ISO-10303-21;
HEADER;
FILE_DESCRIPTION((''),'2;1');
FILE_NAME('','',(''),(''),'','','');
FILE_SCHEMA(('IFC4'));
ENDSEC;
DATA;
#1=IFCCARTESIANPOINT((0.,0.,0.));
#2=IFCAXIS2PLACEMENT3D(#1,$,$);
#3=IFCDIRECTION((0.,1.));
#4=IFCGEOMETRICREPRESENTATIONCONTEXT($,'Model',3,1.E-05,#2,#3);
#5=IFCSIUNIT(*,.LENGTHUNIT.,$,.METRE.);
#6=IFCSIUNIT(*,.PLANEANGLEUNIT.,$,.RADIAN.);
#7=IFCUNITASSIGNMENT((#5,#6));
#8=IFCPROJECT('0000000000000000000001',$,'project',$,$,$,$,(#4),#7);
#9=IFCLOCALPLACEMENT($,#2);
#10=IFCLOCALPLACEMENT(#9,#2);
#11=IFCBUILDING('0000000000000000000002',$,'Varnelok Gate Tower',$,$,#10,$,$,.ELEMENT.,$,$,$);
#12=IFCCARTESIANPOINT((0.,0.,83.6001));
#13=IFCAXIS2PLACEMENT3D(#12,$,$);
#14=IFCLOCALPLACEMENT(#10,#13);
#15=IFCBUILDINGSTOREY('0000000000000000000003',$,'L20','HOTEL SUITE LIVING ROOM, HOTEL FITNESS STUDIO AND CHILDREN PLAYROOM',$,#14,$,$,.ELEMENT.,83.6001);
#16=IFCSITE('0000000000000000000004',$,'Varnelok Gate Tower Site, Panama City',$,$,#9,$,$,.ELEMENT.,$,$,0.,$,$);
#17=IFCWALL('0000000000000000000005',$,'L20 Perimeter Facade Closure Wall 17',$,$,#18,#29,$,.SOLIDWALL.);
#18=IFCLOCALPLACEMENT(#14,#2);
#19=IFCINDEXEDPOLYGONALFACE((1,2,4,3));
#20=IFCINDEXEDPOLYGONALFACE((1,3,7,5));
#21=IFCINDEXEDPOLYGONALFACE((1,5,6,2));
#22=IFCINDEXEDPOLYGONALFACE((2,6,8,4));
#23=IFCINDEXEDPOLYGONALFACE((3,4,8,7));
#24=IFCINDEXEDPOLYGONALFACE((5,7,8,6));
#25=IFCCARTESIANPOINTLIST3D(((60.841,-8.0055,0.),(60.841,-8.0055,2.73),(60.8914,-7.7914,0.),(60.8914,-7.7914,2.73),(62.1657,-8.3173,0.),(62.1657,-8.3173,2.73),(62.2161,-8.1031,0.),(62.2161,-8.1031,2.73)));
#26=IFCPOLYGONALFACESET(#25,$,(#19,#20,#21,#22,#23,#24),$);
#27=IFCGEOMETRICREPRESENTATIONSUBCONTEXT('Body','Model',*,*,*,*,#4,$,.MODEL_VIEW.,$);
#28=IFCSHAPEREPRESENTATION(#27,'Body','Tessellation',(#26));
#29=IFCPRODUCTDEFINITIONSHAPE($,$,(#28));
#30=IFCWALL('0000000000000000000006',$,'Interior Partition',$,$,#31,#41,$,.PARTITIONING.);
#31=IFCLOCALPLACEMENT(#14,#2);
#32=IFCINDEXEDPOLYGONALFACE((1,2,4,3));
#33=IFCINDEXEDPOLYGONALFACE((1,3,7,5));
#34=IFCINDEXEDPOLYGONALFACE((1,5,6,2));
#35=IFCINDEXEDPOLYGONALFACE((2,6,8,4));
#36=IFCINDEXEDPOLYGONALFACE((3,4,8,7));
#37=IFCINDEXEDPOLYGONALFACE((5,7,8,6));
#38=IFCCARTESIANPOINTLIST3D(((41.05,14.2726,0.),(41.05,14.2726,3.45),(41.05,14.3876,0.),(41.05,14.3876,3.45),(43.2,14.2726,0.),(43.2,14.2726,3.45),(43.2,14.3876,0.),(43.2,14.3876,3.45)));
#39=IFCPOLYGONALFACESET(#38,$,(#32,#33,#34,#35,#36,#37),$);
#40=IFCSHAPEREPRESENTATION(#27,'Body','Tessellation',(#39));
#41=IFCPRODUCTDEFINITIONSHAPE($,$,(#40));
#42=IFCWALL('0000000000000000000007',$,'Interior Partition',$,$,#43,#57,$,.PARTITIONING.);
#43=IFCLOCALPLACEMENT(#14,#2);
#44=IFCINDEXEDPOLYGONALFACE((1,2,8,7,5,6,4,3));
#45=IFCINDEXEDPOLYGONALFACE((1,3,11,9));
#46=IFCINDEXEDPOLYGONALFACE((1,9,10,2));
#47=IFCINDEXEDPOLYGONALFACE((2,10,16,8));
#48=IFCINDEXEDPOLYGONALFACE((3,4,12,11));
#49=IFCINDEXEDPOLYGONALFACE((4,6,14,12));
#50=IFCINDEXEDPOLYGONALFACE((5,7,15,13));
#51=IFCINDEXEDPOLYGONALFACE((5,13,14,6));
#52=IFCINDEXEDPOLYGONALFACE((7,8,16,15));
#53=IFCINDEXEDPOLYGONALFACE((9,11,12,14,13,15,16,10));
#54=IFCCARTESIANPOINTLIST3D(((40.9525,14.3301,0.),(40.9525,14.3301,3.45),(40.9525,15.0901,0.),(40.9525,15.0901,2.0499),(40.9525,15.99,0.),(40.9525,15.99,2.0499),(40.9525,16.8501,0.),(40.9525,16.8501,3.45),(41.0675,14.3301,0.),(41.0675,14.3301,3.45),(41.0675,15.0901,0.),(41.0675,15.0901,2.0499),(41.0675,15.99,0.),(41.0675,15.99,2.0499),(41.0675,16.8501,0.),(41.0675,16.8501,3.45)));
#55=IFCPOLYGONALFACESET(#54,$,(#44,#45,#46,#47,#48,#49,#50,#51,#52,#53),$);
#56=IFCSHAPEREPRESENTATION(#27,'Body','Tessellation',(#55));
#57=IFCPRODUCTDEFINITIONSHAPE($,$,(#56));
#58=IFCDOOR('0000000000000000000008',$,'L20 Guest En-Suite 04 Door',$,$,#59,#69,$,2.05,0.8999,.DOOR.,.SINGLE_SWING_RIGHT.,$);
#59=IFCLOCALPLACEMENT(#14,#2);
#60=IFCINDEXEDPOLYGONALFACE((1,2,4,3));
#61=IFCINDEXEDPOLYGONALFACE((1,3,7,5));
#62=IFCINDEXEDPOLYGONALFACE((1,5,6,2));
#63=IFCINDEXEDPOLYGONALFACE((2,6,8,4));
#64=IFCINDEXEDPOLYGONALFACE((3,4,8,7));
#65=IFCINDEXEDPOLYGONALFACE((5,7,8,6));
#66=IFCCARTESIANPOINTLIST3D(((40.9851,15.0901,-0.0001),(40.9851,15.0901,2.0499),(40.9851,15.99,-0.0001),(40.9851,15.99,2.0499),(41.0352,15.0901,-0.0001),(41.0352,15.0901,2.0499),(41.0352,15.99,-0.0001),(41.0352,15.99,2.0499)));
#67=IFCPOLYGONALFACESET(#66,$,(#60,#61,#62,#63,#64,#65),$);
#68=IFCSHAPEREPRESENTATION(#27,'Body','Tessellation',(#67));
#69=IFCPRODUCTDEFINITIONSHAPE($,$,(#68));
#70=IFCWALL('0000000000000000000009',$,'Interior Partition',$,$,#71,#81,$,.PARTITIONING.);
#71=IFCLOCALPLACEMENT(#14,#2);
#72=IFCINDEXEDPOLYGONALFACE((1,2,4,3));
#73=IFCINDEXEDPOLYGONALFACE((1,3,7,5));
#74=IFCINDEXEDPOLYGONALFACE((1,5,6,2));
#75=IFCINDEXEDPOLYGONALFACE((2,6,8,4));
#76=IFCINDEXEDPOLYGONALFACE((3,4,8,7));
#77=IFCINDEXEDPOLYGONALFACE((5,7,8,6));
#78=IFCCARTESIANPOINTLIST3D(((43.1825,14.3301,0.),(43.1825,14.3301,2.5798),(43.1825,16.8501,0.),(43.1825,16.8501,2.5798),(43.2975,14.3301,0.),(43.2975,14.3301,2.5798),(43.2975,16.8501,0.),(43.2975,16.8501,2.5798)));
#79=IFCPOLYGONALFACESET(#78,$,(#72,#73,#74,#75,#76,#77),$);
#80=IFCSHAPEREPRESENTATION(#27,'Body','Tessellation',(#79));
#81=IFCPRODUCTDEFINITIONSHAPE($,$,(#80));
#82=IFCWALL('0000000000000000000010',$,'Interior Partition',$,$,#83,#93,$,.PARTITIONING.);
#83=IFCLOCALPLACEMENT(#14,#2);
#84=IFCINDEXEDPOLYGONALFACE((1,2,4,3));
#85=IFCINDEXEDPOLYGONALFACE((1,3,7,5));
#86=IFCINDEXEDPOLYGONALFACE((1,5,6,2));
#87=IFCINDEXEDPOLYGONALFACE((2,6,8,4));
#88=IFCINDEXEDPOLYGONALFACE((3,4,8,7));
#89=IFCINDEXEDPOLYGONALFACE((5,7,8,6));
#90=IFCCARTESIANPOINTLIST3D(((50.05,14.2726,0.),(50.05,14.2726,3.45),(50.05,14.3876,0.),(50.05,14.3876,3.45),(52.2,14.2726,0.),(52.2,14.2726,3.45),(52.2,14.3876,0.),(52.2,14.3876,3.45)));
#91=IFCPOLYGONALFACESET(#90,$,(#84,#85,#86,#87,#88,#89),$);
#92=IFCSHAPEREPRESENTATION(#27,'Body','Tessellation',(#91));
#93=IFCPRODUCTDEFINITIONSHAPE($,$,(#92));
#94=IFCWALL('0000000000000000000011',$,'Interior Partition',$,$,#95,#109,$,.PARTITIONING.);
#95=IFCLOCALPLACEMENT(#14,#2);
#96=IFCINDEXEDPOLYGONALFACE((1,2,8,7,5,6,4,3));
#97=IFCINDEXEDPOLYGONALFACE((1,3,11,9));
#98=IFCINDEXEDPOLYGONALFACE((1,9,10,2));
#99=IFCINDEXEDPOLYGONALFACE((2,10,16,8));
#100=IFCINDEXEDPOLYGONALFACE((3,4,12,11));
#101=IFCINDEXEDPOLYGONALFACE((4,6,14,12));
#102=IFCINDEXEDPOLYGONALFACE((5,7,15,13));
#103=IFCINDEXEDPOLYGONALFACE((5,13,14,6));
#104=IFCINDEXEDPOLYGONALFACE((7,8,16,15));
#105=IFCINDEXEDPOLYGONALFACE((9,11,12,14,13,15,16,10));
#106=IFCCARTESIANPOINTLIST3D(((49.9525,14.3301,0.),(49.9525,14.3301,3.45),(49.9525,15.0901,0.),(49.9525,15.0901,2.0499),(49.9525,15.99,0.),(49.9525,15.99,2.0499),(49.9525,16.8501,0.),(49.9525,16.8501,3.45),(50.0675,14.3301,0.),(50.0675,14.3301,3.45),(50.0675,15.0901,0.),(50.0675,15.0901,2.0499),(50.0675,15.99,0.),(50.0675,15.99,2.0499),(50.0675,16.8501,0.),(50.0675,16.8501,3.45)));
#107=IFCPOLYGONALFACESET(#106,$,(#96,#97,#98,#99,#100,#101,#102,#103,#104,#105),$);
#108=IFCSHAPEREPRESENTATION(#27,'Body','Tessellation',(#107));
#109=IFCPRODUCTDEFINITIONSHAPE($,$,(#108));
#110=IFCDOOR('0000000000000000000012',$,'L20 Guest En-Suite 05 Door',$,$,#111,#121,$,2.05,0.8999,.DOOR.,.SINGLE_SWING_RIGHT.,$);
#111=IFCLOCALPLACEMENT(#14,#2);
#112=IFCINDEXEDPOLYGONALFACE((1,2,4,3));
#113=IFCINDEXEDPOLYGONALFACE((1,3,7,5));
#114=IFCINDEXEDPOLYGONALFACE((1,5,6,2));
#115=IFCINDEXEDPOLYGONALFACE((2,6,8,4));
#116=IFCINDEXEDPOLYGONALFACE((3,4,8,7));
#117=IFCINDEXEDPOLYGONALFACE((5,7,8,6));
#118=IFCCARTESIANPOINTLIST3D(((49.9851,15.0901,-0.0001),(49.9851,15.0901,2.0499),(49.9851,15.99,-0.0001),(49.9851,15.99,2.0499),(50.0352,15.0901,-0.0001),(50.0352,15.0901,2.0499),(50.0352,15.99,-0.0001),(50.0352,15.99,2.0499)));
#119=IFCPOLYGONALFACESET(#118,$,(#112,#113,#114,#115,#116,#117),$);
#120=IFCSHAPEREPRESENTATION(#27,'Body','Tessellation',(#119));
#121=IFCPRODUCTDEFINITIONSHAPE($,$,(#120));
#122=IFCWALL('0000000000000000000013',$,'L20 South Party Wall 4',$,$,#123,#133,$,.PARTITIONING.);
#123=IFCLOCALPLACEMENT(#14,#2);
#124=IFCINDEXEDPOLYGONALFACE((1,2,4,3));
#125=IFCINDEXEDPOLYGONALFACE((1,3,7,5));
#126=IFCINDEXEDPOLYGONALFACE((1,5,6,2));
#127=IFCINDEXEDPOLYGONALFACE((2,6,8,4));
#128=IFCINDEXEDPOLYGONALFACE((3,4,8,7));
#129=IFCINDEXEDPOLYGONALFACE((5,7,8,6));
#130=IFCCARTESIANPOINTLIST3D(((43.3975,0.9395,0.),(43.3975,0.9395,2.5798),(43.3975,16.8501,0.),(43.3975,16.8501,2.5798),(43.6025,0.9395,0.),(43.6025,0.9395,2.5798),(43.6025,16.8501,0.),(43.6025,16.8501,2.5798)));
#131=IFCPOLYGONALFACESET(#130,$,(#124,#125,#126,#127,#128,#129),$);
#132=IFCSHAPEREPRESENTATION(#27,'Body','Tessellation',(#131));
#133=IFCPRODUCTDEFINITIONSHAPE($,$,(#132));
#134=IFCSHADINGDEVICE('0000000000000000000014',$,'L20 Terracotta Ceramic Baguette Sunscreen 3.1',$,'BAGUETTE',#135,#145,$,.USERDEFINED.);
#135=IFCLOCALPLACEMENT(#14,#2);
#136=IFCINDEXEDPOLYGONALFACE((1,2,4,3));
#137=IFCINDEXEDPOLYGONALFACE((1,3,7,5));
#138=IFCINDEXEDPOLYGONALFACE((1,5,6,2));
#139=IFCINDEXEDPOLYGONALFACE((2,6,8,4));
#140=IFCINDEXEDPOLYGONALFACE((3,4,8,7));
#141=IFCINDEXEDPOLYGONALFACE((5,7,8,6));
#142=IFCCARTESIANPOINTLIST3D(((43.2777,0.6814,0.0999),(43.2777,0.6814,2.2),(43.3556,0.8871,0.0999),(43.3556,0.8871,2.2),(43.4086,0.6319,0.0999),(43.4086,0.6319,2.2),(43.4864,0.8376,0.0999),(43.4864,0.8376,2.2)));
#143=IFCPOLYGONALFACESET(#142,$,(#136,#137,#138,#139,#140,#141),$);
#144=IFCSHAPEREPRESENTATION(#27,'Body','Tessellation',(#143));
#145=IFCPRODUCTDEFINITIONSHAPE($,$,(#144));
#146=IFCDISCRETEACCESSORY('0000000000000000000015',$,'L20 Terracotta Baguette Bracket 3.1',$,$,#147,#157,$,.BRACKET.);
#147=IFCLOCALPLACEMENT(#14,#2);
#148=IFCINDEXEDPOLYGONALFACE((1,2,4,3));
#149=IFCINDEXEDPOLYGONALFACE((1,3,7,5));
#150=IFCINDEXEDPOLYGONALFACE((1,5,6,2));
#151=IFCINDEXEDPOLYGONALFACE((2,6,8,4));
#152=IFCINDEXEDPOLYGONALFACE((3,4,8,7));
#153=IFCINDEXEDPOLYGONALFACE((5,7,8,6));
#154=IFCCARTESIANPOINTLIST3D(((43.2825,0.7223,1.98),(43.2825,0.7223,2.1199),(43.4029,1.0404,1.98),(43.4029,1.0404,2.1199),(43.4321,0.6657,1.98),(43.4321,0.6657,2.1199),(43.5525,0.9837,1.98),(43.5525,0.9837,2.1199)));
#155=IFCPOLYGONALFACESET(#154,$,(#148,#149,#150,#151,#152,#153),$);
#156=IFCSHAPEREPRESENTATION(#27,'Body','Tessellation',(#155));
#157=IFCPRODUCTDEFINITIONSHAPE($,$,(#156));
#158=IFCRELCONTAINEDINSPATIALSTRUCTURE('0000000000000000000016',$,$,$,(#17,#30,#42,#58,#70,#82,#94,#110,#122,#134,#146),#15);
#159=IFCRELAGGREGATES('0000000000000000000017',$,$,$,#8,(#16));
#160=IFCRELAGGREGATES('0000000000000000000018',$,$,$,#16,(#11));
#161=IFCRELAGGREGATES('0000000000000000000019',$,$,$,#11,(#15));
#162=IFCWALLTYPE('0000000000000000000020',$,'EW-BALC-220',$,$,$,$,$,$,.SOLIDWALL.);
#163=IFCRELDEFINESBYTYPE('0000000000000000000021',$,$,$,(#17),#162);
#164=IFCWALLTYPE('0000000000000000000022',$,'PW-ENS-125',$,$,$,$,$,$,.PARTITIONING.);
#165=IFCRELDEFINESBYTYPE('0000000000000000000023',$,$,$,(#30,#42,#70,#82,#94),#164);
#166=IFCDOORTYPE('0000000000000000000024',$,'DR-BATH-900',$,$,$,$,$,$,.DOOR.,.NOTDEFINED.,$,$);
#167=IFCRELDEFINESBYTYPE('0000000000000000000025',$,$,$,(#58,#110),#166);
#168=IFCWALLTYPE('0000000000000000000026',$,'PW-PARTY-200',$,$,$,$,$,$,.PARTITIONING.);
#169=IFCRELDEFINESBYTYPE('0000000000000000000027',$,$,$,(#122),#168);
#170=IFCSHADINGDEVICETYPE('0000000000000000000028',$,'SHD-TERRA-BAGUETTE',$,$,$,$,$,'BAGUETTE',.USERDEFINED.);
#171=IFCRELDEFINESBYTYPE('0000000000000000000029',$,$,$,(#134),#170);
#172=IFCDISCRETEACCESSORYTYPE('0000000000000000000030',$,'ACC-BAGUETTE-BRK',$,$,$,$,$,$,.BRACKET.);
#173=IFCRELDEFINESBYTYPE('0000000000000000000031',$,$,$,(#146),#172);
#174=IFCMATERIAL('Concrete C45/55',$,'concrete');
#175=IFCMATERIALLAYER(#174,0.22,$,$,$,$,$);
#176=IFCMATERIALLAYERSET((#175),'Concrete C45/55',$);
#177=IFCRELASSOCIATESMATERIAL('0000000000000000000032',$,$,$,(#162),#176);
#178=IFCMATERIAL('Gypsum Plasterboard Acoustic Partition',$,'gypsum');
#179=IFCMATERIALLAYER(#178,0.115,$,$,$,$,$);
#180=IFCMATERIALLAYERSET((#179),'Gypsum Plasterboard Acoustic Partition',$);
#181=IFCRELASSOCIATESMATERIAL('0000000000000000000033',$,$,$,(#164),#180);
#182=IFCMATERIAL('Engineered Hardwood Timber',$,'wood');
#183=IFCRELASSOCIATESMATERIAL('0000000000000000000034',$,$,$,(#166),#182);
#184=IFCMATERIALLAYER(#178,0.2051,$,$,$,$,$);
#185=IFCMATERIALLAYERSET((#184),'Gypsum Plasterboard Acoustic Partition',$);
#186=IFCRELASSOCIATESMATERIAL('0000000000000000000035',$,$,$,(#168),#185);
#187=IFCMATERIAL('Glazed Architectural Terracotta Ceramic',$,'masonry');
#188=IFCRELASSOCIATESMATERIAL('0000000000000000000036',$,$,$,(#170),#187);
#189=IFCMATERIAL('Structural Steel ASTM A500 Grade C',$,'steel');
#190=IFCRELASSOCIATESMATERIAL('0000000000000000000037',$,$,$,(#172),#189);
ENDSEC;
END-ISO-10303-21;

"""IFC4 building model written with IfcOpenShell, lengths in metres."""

from ifc_helpers import new_model, si_unit, direction, frame, frame_2d, origin, origin_2d, place, context, subcontext, project, spatial, rectangle, extrude, source, transform, mapped, material, layer, layer_set, type_object, element, fill, save


model = new_model("IFC4")

# Units and contexts
model_context = context("Model", 3, precision=1e-05, world=origin(), true_north=direction((0.0, 1.0)))
body_context = subcontext(model_context, "Body", "Model", "MODEL_VIEW")
ifc_project = project(units=[si_unit("LENGTHUNIT", "METRE"), si_unit("PLANEANGLEUNIT", "RADIAN")], contexts=[model_context])

# Site, building, storey
site_placement = place(None, origin())
site = spatial("IfcSite", under=ifc_project, at=site_placement, Name="Varnelok Gate Tower Site, Panama City", CompositionType="ELEMENT", RefElevation=0.0)
building_placement = place(site_placement, origin())
building = spatial("IfcBuilding", under=site, at=building_placement, Name="Varnelok Gate Tower", CompositionType="ELEMENT")
storey_placement = place(building_placement, frame((0.0, 0.0, 83.6001)))
storey = spatial("IfcBuildingStorey", under=building, at=storey_placement, Name="L20", Description="HOTEL SUITE LIVING ROOM, HOTEL FITNESS STUDIO AND CHILDREN PLAYROOM", CompositionType="ELEMENT", Elevation=83.6001)

# Shared definitions
ifc_material_1 = material(Name="Concrete C45/55", Category="concrete")
ifc_layer_1 = layer(ifc_material_1, 0.22)
ifc_layer_set_1 = layer_set([ifc_layer_1], Name="Concrete C45/55")
wall_type_1 = type_object("IfcWallType", Name="EW-BALC-220", PredefinedType="SOLIDWALL", material=ifc_layer_set_1)

# Walls
wall_1_placement = place(storey_placement, frame((60.8662, -7.8984, 0.0), z_axis=(0.0, 0.0, 1.0), x_axis=(0.973405, -0.229089, 0.0)))
element("IfcWall", 1, at=wall_1_placement, inside=storey, type_object=wall_type_1, Name="L20 Perimeter Facade Closure Wall 17", PredefinedType="SOLIDWALL", context=body_context, shape_type="SweptSolid", body=[
    extrude(rectangle(XDim=1.3608, YDim=0.22, at=frame_2d((0.6804, 0.0))), origin(), (0.0, 0.0, 1.0), 2.73),
])
ifc_material_2 = material(Name="Gypsum Plasterboard Acoustic Partition", Category="gypsum")
ifc_layer_2 = layer(ifc_material_2, 0.115)
ifc_layer_set_2 = layer_set([ifc_layer_2], Name="Gypsum Plasterboard Acoustic Partition")
wall_type_2 = type_object("IfcWallType", Name="PW-ENS-125", PredefinedType="PARTITIONING", material=ifc_layer_set_2)
wall_2_placement = place(storey_placement, frame((41.05, 14.3301, 0.0), z_axis=(0.0, 0.0, 1.0), x_axis=(1.0, 0.0, 0.0)))
element("IfcWall", 2, at=wall_2_placement, inside=storey, type_object=wall_type_2, Name="Interior Partition", PredefinedType="PARTITIONING", context=body_context, shape_type="SweptSolid", body=[
    extrude(rectangle(XDim=2.1499, YDim=0.115, at=frame_2d((1.075, 0.0))), origin(), (0.0, 0.0, 1.0), 3.45),
])

# Wall, opening, door
wall_3_placement = place(storey_placement, frame((41.01, 14.3301, 0.0), z_axis=(0.0, 0.0, 1.0), x_axis=(0.0, 1.0, 0.0)))
wall_3 = element("IfcWall", 3, at=wall_3_placement, inside=storey, type_object=wall_type_2, Name="Interior Partition", PredefinedType="PARTITIONING", context=body_context, shape_type="SweptSolid", body=[
    extrude(rectangle(XDim=2.52, YDim=0.115, at=frame_2d((1.26, 0.0))), origin(), (0.0, 0.0, 1.0), 3.45),
])
opening_1_placement = place(wall_3_placement, frame((0.76, 0.0, 0.0)))
opening_1 = element("IfcOpeningElement", 4, at=opening_1_placement, cuts=wall_3, PredefinedType="OPENING", context=body_context, shape_type="SweptSolid", body=[
    extrude(rectangle(XDim=0.8999, YDim=2.05, at=frame_2d((0.45, 1.0249))), frame((0.0, 0.0674, 0.0), z_axis=(0.0, -1.0, 0.0), x_axis=(1.0, 0.0, 0.0)), (0.0, 0.0, 1.0), 0.135),
])
ifc_material_3 = material(Name="Engineered Hardwood Timber", Category="wood")
door_type_1 = type_object("IfcDoorType", Name="DR-BATH-900", OperationType="NOTDEFINED", PredefinedType="DOOR", material=ifc_material_3)
door_1_placement = place(opening_1_placement, origin())
door_1 = element("IfcDoor", 5, at=door_1_placement, inside=storey, type_object=door_type_1, Name="L20 Guest En-Suite 04 Door", OperationType="SINGLE_SWING_RIGHT", OverallHeight=2.05, OverallWidth=0.8999, PredefinedType="DOOR", context=body_context, shape_type="SweptSolid", body=[
    extrude(rectangle(XDim=0.8999, YDim=2.05, at=frame_2d((0.45, 1.0249))), frame((0.0, 0.0249, 0.0), z_axis=(0.0, -1.0, 0.0), x_axis=(1.0, 0.0, 0.0)), (0.0, 0.0, 1.0), 0.05),
])
fill(opening_1, door_1)

# Walls
wall_4_placement = place(storey_placement, frame((43.24, 14.3301, 0.0), z_axis=(0.0, 0.0, 1.0), x_axis=(0.0, 1.0, 0.0)))
element("IfcWall", 6, at=wall_4_placement, inside=storey, type_object=wall_type_2, Name="Interior Partition", PredefinedType="PARTITIONING", context=body_context, shape_type="SweptSolid", body=[
    extrude(rectangle(XDim=2.52, YDim=0.115, at=frame_2d((1.26, 0.0))), origin(), (0.0, 0.0, 1.0), 2.5798),
])
wall_5_placement = place(storey_placement, frame((50.05, 14.3301, 0.0), z_axis=(0.0, 0.0, 1.0), x_axis=(1.0, 0.0, 0.0)))
element("IfcWall", 7, at=wall_5_placement, inside=storey, type_object=wall_type_2, Name="Interior Partition", PredefinedType="PARTITIONING", context=body_context, shape_type="SweptSolid", body=[
    extrude(rectangle(XDim=2.1499, YDim=0.115, at=frame_2d((1.075, 0.0))), origin(), (0.0, 0.0, 1.0), 3.45),
])

# Wall, opening, door
wall_6_placement = place(storey_placement, frame((50.01, 14.3301, 0.0), z_axis=(0.0, 0.0, 1.0), x_axis=(0.0, 1.0, 0.0)))
wall_6 = element("IfcWall", 8, at=wall_6_placement, inside=storey, type_object=wall_type_2, Name="Interior Partition", PredefinedType="PARTITIONING", context=body_context, shape_type="SweptSolid", body=[
    extrude(rectangle(XDim=2.52, YDim=0.115, at=frame_2d((1.26, 0.0))), origin(), (0.0, 0.0, 1.0), 3.45),
])
opening_2_placement = place(wall_6_placement, frame((0.76, 0.0, 0.0)))
opening_2 = element("IfcOpeningElement", 9, at=opening_2_placement, cuts=wall_6, PredefinedType="OPENING", context=body_context, shape_type="SweptSolid", body=[
    extrude(rectangle(XDim=0.8999, YDim=2.05, at=frame_2d((0.45, 1.0249))), frame((0.0, 0.0674, 0.0), z_axis=(0.0, -1.0, 0.0), x_axis=(1.0, 0.0, 0.0)), (0.0, 0.0, 1.0), 0.135),
])
door_2_placement = place(opening_2_placement, origin())
door_2 = element("IfcDoor", 10, at=door_2_placement, inside=storey, type_object=door_type_1, Name="L20 Guest En-Suite 05 Door", OperationType="SINGLE_SWING_RIGHT", OverallHeight=2.05, OverallWidth=0.8999, PredefinedType="DOOR", context=body_context, shape_type="SweptSolid", body=[
    extrude(rectangle(XDim=0.8999, YDim=2.05, at=frame_2d((0.45, 1.0249))), frame((0.0, 0.0249, 0.0), z_axis=(0.0, -1.0, 0.0), x_axis=(1.0, 0.0, 0.0)), (0.0, 0.0, 1.0), 0.05),
])
fill(opening_2, door_2)

# Wall
ifc_layer_3 = layer(ifc_material_2, 0.2051)
ifc_layer_set_3 = layer_set([ifc_layer_3], Name="Gypsum Plasterboard Acoustic Partition")
wall_type_3 = type_object("IfcWallType", Name="PW-PARTY-200", PredefinedType="PARTITIONING", material=ifc_layer_set_3)
wall_7_placement = place(storey_placement, frame((43.5, 0.9395, 0.0), z_axis=(0.0, 0.0, 1.0), x_axis=(0.0, 1.0, 0.0)))
element("IfcWall", 11, at=wall_7_placement, inside=storey, type_object=wall_type_3, Name="L20 South Party Wall 4", PredefinedType="PARTITIONING", context=body_context, shape_type="SweptSolid", body=[
    extrude(rectangle(XDim=15.9106, YDim=0.2051, at=frame_2d((7.9553, 0.0))), origin(), (0.0, 0.0, 1.0), 2.5798),
])

# Shading device
ifc_material_4 = material(Name="Glazed Architectural Terracotta Ceramic", Category="masonry")
shading_device_type = type_object("IfcShadingDeviceType", Name="SHD-TERRA-BAGUETTE", ElementType="BAGUETTE", PredefinedType="USERDEFINED", material=ifc_material_4)
shared_shape_1 = source(origin(), body_context, "Body", "SweptSolid", [
    extrude(rectangle(XDim=0.1399, YDim=0.22, at=origin_2d()), origin(), (0.0, 0.0, 1.0), 2.1001),
])
shading_device_placement = place(storey_placement, frame((43.3821, 0.7595, 0.0999), z_axis=(0.0, 0.0, 1.0), x_axis=(0.935222, -0.354063, 0.0)))
element("IfcShadingDevice", 12, at=shading_device_placement, inside=storey, type_object=shading_device_type, Name="L20 Terracotta Ceramic Baguette Sunscreen 3.1", ObjectType="BAGUETTE", PredefinedType="USERDEFINED", context=body_context, shape_type="MappedRepresentation", body=[
    mapped(shared_shape_1, transform((0.0, 0.0, 0.0), scale=1.0)),
])

# Discrete accessory
ifc_material_5 = material(Name="Structural Steel ASTM A500 Grade C", Category="steel")
discrete_accessory_type = type_object("IfcDiscreteAccessoryType", Name="ACC-BAGUETTE-BRK", PredefinedType="BRACKET", material=ifc_material_5)
shared_shape_2 = source(origin(), body_context, "Body", "SweptSolid", [
    extrude(rectangle(XDim=0.1599, YDim=0.3401, at=origin_2d()), origin(), (0.0, 0.0, 1.0), 0.1399),
])
discrete_accessory_placement = place(storey_placement, frame((43.4175, 0.853, 1.98), z_axis=(0.0, 0.0, 1.0), x_axis=(0.935222, -0.354063, 0.0)))
element("IfcDiscreteAccessory", 13, at=discrete_accessory_placement, inside=storey, type_object=discrete_accessory_type, Name="L20 Terracotta Baguette Bracket 3.1", PredefinedType="BRACKET", context=body_context, shape_type="MappedRepresentation", body=[
    mapped(shared_shape_2, transform((0.0, 0.0, 0.0), scale=1.0)),
])

save(model, "model.ifc")
